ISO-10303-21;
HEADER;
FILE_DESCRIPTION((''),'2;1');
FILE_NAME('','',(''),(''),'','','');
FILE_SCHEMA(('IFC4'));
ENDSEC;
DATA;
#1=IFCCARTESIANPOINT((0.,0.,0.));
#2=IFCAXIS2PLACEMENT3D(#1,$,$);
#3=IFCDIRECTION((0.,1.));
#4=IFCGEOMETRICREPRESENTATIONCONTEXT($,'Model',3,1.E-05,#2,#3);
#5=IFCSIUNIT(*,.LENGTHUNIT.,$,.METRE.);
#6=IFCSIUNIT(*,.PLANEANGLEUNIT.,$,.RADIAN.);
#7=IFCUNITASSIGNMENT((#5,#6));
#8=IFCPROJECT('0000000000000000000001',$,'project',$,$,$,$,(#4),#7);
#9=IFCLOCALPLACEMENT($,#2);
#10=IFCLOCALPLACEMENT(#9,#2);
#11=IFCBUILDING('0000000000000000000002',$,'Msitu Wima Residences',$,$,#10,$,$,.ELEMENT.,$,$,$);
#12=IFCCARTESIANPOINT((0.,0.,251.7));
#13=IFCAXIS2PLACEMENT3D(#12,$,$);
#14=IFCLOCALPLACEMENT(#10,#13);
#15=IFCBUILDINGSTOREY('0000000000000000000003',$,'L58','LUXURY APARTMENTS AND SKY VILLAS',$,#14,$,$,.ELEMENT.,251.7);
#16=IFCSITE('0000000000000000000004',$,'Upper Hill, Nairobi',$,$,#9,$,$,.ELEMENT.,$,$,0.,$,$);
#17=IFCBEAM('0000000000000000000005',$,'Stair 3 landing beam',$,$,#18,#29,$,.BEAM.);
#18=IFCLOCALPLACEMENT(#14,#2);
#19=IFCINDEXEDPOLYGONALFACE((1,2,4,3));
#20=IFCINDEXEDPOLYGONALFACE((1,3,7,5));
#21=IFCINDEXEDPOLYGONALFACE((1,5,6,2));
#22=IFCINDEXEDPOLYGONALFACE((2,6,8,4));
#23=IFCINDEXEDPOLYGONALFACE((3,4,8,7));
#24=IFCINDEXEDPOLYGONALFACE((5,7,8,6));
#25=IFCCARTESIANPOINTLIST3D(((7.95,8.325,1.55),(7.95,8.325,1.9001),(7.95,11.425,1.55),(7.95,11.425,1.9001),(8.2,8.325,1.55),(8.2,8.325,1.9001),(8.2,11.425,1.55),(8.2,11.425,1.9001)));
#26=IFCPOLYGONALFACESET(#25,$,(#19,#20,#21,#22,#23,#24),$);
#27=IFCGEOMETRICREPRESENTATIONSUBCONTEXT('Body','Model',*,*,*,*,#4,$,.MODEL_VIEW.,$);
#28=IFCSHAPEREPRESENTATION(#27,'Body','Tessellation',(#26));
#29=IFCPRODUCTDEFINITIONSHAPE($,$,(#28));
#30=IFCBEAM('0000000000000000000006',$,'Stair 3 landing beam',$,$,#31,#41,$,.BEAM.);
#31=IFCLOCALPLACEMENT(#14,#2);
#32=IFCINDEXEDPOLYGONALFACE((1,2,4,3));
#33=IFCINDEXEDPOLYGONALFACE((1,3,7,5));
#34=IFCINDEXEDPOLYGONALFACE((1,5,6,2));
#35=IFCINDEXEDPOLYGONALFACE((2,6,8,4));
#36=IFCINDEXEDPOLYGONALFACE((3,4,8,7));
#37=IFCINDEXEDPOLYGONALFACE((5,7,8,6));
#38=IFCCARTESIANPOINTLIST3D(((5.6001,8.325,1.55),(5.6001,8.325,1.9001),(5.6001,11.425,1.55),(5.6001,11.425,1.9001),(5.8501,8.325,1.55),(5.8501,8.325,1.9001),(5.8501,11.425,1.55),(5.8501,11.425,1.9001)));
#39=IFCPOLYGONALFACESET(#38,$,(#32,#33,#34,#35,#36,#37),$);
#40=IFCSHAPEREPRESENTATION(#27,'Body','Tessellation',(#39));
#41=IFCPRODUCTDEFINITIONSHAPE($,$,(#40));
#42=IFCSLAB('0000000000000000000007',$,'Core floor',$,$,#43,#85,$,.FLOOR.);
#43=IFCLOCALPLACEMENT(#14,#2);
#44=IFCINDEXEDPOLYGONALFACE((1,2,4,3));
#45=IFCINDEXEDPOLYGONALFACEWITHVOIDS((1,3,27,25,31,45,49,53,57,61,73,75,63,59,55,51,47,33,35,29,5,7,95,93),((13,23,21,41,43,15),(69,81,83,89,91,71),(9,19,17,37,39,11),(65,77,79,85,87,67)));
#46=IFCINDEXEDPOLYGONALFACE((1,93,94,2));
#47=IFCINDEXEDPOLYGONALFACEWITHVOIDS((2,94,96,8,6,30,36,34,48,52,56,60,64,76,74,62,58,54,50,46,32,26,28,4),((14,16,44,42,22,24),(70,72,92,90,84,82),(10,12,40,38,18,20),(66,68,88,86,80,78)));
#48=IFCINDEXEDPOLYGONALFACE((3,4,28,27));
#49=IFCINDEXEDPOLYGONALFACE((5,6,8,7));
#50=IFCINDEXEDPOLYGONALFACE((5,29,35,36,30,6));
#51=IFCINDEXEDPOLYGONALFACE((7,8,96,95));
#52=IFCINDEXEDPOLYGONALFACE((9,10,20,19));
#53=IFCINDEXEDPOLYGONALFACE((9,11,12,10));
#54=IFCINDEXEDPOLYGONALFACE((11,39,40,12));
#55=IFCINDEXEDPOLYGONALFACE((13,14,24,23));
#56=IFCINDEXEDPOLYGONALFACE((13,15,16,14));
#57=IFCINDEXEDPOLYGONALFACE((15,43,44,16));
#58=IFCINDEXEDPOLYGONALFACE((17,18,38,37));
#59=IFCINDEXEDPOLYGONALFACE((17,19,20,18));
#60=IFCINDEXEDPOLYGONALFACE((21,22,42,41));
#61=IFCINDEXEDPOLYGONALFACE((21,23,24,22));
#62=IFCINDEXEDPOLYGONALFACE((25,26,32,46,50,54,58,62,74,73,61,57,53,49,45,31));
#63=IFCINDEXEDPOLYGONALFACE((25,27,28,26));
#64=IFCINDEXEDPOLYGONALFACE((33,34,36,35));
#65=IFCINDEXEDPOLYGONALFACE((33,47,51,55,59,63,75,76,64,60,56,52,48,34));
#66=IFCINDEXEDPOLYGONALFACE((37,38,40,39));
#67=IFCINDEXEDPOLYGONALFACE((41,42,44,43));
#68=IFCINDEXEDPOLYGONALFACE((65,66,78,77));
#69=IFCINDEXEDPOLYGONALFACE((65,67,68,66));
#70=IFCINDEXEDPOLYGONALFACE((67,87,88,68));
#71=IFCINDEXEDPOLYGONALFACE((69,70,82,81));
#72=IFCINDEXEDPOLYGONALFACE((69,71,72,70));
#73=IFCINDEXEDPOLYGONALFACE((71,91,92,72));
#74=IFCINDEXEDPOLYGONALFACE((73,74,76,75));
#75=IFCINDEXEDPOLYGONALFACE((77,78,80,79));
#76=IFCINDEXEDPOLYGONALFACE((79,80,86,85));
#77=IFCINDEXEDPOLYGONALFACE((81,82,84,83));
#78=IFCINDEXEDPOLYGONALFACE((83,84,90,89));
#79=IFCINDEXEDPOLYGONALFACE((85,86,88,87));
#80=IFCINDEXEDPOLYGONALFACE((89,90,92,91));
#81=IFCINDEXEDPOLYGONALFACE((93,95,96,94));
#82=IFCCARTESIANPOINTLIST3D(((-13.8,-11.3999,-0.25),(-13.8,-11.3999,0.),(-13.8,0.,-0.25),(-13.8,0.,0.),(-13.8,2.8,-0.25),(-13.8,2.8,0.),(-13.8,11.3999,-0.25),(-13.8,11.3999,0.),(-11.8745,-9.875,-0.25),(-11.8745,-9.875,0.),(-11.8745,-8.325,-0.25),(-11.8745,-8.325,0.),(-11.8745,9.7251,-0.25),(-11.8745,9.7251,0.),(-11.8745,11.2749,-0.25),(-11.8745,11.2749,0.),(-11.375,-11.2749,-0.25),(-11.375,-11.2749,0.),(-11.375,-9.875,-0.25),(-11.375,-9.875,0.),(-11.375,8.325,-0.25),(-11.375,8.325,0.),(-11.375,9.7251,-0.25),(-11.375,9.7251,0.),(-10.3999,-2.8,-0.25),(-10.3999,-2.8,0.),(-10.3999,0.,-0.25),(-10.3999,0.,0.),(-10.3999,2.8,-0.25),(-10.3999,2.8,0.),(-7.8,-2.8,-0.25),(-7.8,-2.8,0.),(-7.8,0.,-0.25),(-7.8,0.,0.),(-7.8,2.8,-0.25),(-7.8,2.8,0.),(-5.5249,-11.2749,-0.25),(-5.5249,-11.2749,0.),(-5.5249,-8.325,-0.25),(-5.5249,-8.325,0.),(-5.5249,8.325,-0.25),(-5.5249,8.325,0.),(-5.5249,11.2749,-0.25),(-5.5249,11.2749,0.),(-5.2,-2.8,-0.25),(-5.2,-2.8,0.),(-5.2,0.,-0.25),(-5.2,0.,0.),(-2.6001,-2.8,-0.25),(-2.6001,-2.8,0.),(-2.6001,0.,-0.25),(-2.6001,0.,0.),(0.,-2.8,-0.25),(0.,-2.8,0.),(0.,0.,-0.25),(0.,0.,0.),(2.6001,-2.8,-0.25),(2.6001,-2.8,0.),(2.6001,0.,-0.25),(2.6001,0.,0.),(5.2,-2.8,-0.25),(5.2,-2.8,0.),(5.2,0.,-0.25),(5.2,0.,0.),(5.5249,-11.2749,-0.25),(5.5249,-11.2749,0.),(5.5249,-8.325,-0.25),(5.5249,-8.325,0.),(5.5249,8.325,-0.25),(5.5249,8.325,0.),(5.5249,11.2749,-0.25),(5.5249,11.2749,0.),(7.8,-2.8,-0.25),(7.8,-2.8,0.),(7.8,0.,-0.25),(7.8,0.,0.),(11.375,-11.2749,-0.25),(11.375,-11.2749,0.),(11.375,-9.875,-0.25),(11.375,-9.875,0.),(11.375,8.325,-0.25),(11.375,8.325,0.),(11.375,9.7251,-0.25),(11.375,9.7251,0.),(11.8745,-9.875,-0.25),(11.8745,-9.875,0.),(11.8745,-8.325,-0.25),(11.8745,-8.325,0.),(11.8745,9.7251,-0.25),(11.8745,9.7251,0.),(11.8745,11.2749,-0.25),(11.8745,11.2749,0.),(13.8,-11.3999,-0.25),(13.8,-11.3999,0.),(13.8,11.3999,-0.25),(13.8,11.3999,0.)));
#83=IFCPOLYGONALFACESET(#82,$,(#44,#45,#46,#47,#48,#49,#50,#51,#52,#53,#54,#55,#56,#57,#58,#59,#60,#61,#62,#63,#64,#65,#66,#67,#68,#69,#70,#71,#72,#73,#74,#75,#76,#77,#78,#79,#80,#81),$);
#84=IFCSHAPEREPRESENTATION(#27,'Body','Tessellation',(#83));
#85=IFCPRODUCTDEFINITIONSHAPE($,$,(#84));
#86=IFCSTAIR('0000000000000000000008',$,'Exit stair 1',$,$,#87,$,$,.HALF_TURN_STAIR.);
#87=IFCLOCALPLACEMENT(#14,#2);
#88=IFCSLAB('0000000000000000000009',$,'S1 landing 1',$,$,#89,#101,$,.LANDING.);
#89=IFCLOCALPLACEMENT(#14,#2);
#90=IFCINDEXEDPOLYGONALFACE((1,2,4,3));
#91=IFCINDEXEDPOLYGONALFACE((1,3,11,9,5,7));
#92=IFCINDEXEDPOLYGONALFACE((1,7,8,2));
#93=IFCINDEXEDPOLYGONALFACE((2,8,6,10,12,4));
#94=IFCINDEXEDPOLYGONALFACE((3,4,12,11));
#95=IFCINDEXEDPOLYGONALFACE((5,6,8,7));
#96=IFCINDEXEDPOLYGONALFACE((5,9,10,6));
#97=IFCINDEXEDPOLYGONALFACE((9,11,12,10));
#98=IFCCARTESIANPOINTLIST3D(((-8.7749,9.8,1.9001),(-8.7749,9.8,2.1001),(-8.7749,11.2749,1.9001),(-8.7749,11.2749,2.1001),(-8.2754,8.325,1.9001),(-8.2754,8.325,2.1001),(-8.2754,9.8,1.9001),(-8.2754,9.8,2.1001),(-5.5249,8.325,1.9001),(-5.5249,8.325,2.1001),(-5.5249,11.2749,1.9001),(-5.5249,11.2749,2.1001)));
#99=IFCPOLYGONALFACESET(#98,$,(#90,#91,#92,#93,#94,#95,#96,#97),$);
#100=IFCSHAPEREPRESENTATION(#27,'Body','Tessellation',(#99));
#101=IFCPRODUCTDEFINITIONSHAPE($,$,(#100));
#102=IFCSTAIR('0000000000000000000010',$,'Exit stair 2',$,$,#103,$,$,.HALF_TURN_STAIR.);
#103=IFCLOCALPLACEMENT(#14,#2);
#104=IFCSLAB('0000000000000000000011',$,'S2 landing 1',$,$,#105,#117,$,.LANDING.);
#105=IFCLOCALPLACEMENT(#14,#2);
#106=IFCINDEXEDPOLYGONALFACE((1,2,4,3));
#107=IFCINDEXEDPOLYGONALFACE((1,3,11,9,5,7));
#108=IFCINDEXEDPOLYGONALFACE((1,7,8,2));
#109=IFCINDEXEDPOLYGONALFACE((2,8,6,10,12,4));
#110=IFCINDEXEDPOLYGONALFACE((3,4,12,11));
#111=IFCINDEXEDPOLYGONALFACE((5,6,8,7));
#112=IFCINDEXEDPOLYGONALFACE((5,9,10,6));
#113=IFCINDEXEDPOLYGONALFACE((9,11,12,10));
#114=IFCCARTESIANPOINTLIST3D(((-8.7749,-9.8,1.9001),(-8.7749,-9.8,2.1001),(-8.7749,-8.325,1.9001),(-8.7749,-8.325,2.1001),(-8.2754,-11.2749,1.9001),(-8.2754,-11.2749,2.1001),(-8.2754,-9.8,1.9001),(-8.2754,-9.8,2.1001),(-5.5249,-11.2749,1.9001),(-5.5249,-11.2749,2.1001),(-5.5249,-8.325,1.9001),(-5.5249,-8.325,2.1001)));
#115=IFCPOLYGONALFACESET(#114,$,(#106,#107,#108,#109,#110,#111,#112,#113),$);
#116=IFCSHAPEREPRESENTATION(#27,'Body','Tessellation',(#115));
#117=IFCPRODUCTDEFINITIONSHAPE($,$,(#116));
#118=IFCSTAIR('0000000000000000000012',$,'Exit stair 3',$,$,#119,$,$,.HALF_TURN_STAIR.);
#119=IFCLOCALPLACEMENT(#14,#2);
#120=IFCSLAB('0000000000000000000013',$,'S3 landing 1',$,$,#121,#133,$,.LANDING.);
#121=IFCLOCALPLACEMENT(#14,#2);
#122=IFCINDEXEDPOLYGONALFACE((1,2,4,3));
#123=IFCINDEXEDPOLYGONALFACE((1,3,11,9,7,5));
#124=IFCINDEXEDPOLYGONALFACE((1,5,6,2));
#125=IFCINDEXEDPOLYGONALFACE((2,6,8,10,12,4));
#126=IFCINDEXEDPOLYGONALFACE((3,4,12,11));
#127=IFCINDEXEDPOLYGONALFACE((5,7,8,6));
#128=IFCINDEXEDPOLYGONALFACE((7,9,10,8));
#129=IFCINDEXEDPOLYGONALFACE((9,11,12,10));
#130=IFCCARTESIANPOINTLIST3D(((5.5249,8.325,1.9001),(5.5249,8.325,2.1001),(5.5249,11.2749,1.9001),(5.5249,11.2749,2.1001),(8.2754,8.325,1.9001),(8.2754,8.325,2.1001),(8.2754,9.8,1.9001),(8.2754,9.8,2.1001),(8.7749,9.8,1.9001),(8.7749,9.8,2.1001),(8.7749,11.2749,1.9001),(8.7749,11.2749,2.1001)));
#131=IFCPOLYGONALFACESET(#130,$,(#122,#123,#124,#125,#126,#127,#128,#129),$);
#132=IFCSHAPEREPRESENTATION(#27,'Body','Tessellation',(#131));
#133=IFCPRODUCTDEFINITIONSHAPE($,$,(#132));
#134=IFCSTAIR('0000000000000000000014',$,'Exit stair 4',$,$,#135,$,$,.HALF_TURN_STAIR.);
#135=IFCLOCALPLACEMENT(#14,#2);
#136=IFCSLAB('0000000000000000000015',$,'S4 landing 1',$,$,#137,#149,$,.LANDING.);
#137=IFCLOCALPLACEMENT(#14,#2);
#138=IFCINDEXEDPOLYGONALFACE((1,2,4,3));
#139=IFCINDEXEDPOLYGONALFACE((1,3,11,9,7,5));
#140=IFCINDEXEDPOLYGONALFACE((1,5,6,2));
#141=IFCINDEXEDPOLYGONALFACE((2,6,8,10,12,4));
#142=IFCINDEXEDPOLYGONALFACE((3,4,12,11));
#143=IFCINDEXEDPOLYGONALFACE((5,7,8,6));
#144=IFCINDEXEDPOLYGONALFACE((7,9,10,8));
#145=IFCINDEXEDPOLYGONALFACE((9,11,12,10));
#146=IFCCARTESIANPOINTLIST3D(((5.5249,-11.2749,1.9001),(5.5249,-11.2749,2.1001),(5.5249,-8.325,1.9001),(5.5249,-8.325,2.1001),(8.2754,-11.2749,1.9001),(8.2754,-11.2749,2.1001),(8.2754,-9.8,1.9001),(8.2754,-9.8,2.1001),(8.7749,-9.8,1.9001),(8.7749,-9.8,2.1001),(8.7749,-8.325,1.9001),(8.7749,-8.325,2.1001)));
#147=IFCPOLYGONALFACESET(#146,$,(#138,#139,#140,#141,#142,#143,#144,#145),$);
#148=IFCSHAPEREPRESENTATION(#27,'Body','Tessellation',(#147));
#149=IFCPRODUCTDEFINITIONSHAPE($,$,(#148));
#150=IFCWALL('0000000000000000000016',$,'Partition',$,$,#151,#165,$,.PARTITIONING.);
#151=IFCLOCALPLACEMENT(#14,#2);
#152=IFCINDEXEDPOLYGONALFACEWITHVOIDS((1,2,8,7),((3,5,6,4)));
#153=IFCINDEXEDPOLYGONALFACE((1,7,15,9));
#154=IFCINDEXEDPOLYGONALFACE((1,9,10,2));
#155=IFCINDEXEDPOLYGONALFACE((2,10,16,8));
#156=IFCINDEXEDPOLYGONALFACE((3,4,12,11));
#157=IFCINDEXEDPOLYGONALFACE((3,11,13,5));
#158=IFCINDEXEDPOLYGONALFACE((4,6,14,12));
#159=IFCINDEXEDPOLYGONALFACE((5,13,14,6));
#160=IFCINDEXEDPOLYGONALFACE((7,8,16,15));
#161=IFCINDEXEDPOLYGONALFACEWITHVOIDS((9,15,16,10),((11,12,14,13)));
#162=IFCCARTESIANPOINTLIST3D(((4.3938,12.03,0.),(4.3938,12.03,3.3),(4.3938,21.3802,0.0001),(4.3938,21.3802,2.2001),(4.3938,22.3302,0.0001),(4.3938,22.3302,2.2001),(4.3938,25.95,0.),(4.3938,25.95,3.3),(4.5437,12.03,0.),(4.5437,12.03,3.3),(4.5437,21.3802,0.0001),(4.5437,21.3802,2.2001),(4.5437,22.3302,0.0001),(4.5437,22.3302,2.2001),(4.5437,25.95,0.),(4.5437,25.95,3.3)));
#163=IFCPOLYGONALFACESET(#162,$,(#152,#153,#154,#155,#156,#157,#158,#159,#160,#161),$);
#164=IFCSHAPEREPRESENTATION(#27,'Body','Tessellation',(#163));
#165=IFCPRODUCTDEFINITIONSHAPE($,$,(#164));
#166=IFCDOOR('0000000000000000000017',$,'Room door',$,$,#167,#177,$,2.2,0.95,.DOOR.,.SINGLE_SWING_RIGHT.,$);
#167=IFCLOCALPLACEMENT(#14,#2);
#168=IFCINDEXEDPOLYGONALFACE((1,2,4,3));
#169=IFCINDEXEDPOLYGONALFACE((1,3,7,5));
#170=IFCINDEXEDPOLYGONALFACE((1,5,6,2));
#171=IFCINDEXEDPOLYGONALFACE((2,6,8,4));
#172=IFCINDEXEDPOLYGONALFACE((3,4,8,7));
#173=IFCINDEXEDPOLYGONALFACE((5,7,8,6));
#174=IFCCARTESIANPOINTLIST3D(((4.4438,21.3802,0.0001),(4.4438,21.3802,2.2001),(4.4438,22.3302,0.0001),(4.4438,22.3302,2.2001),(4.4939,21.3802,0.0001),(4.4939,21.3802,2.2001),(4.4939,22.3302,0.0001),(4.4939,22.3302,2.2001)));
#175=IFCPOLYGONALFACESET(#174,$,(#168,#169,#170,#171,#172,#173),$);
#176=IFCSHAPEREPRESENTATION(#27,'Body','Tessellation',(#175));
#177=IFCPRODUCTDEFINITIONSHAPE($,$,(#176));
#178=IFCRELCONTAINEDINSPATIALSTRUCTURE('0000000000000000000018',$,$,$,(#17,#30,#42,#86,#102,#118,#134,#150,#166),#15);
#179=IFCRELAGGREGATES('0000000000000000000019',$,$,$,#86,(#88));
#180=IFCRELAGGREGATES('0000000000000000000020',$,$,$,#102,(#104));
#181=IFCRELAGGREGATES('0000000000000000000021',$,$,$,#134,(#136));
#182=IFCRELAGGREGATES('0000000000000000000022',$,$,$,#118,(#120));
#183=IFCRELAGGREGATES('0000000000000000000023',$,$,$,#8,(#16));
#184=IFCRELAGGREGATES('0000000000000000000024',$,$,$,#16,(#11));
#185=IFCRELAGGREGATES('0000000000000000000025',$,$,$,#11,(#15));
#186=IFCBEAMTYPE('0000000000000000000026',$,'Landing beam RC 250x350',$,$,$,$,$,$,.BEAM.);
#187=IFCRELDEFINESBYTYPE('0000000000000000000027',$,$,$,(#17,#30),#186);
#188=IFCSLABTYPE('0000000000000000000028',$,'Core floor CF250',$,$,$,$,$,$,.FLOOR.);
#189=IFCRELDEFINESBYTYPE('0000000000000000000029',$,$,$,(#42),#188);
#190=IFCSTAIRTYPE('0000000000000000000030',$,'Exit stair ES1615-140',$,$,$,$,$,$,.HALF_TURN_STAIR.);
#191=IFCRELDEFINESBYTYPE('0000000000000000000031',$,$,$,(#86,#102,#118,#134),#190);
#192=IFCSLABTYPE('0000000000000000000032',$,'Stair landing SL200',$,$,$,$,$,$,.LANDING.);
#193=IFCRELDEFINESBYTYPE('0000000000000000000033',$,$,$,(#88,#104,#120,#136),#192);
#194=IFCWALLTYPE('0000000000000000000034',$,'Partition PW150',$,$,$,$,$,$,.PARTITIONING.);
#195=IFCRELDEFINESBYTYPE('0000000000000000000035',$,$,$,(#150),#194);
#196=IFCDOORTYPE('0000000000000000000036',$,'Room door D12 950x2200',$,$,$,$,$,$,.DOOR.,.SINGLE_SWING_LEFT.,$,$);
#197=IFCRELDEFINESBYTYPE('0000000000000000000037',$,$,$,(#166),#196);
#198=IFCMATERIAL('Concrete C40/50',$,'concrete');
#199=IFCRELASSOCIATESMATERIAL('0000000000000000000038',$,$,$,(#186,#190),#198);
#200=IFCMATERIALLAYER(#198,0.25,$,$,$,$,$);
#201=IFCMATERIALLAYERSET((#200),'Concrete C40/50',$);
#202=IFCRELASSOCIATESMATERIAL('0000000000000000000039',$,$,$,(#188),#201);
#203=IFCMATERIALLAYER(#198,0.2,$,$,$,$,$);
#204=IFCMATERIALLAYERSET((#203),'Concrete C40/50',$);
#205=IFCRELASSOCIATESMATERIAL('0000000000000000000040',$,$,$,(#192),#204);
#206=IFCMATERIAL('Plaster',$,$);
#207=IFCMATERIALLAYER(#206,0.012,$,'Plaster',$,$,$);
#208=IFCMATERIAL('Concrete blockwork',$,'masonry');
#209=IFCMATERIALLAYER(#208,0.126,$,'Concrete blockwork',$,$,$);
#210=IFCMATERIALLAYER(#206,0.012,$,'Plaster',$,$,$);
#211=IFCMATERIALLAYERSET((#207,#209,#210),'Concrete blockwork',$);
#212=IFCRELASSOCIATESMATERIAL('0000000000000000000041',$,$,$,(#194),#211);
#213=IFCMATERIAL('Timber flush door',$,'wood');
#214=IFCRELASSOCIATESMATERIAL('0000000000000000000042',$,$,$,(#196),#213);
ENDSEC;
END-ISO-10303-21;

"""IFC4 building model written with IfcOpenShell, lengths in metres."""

from ifc_helpers import new_model, si_unit, direction, frame, frame_2d, origin, origin_2d, place, context, subcontext, project, spatial, polyline, rectangle, outline, extrude, material, layer, layer_set, material_profile, profile_set, type_object, element, fill, aggregate, save


model = new_model("IFC4")

# Units and contexts
model_context = context("Model", 3, precision=1e-05, world=origin(), true_north=direction((0.0, 1.0)))
body_context = subcontext(model_context, "Body", "Model", "MODEL_VIEW")
ifc_project = project(units=[si_unit("LENGTHUNIT", "METRE"), si_unit("PLANEANGLEUNIT", "RADIAN")], contexts=[model_context])

# Site, building, storey
site_placement = place(None, origin())
site = spatial("IfcSite", under=ifc_project, at=site_placement, Name="Upper Hill, Nairobi", CompositionType="ELEMENT", RefElevation=0.0)
building_placement = place(site_placement, origin())
building = spatial("IfcBuilding", under=site, at=building_placement, Name="Msitu Wima Residences", CompositionType="ELEMENT")
storey_placement = place(building_placement, frame((0.0, 0.0, 251.7)))
storey = spatial("IfcBuildingStorey", under=building, at=storey_placement, Name="L58", Description="LUXURY APARTMENTS AND SKY VILLAS", CompositionType="ELEMENT", Elevation=251.7)

# Beams
ifc_material_1 = material(Name="Concrete C40/50", Category="concrete")
ifc_material_profile = material_profile(ifc_material_1, rectangle(XDim=0.25, YDim=0.3501, at=origin_2d()), Name="RC 250x350")
ifc_profile_set = profile_set([ifc_material_profile], Name="Concrete C40/50")
beam_type = type_object("IfcBeamType", Name="Landing beam RC 250x350", PredefinedType="BEAM", material=ifc_profile_set)
for number, where, z_axis, x_axis, name in (
    (1, (8.075, 8.325, 1.7251), (0.0, 1.0, 0.0), (-1.0, 0.0, 0.0), "Stair 3 landing beam"),
    (2, (5.7251, 8.325, 1.7251), (0.0, 1.0, 0.0), (-1.0, 0.0, 0.0), "Stair 3 landing beam"),
):
    element("IfcBeam", number, at=place(storey_placement, frame(where, z_axis=z_axis, x_axis=x_axis)), inside=storey, type_object=beam_type, Name=name, PredefinedType="BEAM", context=body_context, shape_type="SweptSolid", body=[
        extrude(rectangle(XDim=0.25, YDim=0.3501, at=origin_2d()), origin(), (0.0, 0.0, 1.0), 3.1001),
    ])

# Slab
ifc_layer_1 = layer(ifc_material_1, 0.25)
ifc_layer_set_1 = layer_set([ifc_layer_1], Name="Concrete C40/50")
slab_type_1 = type_object("IfcSlabType", Name="Core floor CF250", PredefinedType="FLOOR", material=ifc_layer_set_1)
slab_1_placement = place(storey_placement, frame((0.0, 0.0, -0.25)))
element("IfcSlab", 3, at=slab_1_placement, inside=storey, type_object=slab_type_1, Name="Core floor", PredefinedType="FLOOR", context=body_context, shape_type="SweptSolid", body=[
    extrude(outline(polyline([(-13.8, 11.3999), (-13.8, 2.8), (-10.3999, 2.8), (-7.8, 2.8), (-7.8, 0.0), (-5.2, 0.0), (-2.6001, 0.0), (0.0, 0.0), (2.6001, 0.0), (5.2, 0.0), (7.8, 0.0), (7.8, -2.8), (5.2, -2.8), (2.6001, -2.8), (0.0, -2.8), (-2.6001, -2.8), (-5.2, -2.8), (-7.8, -2.8), (-10.3999, -2.8), (-10.3999, 0.0), (-13.8, 0.0), (-13.8, -11.3999), (13.8, -11.3999), (13.8, 11.3999), (-13.8, 11.3999)]), holes=[polyline([(-11.375, -11.2749), (-11.375, -9.875), (-11.8745, -9.875), (-11.8745, -8.325), (-5.5249, -8.325), (-5.5249, -11.2749), (-11.375, -11.2749)]), polyline([(-11.375, 8.325), (-11.375, 9.7251), (-11.8745, 9.7251), (-11.8745, 11.2749), (-5.5249, 11.2749), (-5.5249, 8.325), (-11.375, 8.325)]), polyline([(11.375, -9.875), (11.375, -11.2749), (5.5249, -11.2749), (5.5249, -8.325), (11.8745, -8.325), (11.8745, -9.875), (11.375, -9.875)]), polyline([(11.375, 9.7251), (11.375, 8.325), (5.5249, 8.325), (5.5249, 11.2749), (11.8745, 11.2749), (11.8745, 9.7251), (11.375, 9.7251)])]), origin(), (0.0, 0.0, 1.0), 0.25),
])

# Stairs, slabs
stair_type = type_object("IfcStairType", Name="Exit stair ES1615-140", PredefinedType="HALF_TURN_STAIR", material=ifc_material_1)
stair_1_placement = place(storey_placement, origin())
stair_1 = element("IfcStair", 4, at=stair_1_placement, inside=storey, type_object=stair_type, Name="Exit stair 1", PredefinedType="HALF_TURN_STAIR")
ifc_layer_2 = layer(ifc_material_1, 0.2)
ifc_layer_set_2 = layer_set([ifc_layer_2], Name="Concrete C40/50")
slab_type_2 = type_object("IfcSlabType", Name="Stair landing SL200", PredefinedType="LANDING", material=ifc_layer_set_2)
slab_2_placement = place(storey_placement, frame((0.0, 0.0, 1.9001)))
slab_2 = element("IfcSlab", 5, at=slab_2_placement, type_object=slab_type_2, Name="S1 landing 1", PredefinedType="LANDING", context=body_context, shape_type="SweptSolid", body=[
    extrude(outline(polyline([(-5.5249, 8.325), (-8.2754, 8.325), (-8.2754, 9.8), (-8.7749, 9.8), (-8.7749, 11.2749), (-5.5249, 11.2749), (-5.5249, 8.325)])), origin(), (0.0, 0.0, 1.0), 0.2),
])
aggregate(stair_1, [slab_2])
stair_2_placement = place(storey_placement, origin())
stair_2 = element("IfcStair", 6, at=stair_2_placement, inside=storey, type_object=stair_type, Name="Exit stair 2", PredefinedType="HALF_TURN_STAIR")
slab_3_placement = place(storey_placement, frame((0.0, 0.0, 1.9001)))
slab_3 = element("IfcSlab", 7, at=slab_3_placement, type_object=slab_type_2, Name="S2 landing 1", PredefinedType="LANDING", context=body_context, shape_type="SweptSolid", body=[
    extrude(outline(polyline([(-5.5249, -11.2749), (-8.2754, -11.2749), (-8.2754, -9.8), (-8.7749, -9.8), (-8.7749, -8.325), (-5.5249, -8.325), (-5.5249, -11.2749)])), origin(), (0.0, 0.0, 1.0), 0.2),
])
aggregate(stair_2, [slab_3])
stair_3_placement = place(storey_placement, origin())
stair_3 = element("IfcStair", 8, at=stair_3_placement, inside=storey, type_object=stair_type, Name="Exit stair 3", PredefinedType="HALF_TURN_STAIR")
slab_4_placement = place(storey_placement, frame((0.0, 0.0, 1.9001)))
slab_4 = element("IfcSlab", 9, at=slab_4_placement, type_object=slab_type_2, Name="S3 landing 1", PredefinedType="LANDING", context=body_context, shape_type="SweptSolid", body=[
    extrude(outline(polyline([(5.5249, 8.325), (8.2754, 8.325), (8.2754, 9.8), (8.7749, 9.8), (8.7749, 11.2749), (5.5249, 11.2749), (5.5249, 8.325)])), origin(), (0.0, 0.0, 1.0), 0.2),
])
stair_4_placement = place(storey_placement, origin())
stair_4 = element("IfcStair", 10, at=stair_4_placement, inside=storey, type_object=stair_type, Name="Exit stair 4", PredefinedType="HALF_TURN_STAIR")
slab_5_placement = place(storey_placement, frame((0.0, 0.0, 1.9001)))
slab_5 = element("IfcSlab", 11, at=slab_5_placement, type_object=slab_type_2, Name="S4 landing 1", PredefinedType="LANDING", context=body_context, shape_type="SweptSolid", body=[
    extrude(outline(polyline([(5.5249, -11.2749), (8.2754, -11.2749), (8.2754, -9.8), (8.7749, -9.8), (8.7749, -8.325), (5.5249, -8.325), (5.5249, -11.2749)])), origin(), (0.0, 0.0, 1.0), 0.2),
])
aggregate(stair_4, [slab_5])

# Wall, opening, door
ifc_material_2 = material(Name="Plaster")
ifc_layer_3 = layer(ifc_material_2, 0.012, Name="Plaster")
ifc_material_3 = material(Name="Concrete blockwork", Category="masonry")
ifc_layer_4 = layer(ifc_material_3, 0.126, Name="Concrete blockwork")
ifc_layer_5 = layer(ifc_material_2, 0.012, Name="Plaster")
ifc_layer_set_3 = layer_set([ifc_layer_3, ifc_layer_4, ifc_layer_5], Name="Concrete blockwork")
wall_type_1 = type_object("IfcWallType", Name="Partition PW150", PredefinedType="PARTITIONING", material=ifc_layer_set_3)
wall_1_placement = place(storey_placement, frame((4.4688, 12.03, 0.0), z_axis=(0.0, 0.0, 1.0), x_axis=(0.0, 1.0, 0.0)))
wall_1 = element("IfcWall", 12, at=wall_1_placement, inside=storey, type_object=wall_type_1, Name="Partition", PredefinedType="PARTITIONING", context=body_context, shape_type="SweptSolid", body=[
    extrude(rectangle(XDim=13.9199, YDim=0.1499, at=frame_2d((6.96, 0.0))), origin(), (0.0, 0.0, 1.0), 3.3),
])
opening_1_placement = place(wall_1_placement, frame((9.3501, 0.0, 0.0)))
opening_1 = element("IfcOpeningElement", 13, at=opening_1_placement, cuts=wall_1, PredefinedType="OPENING", context=body_context, shape_type="SweptSolid", body=[
    extrude(rectangle(XDim=0.95, YDim=2.2, at=frame_2d((0.4751, 1.1001))), frame((0.0, 0.085, 0.0), z_axis=(0.0, -1.0, 0.0), x_axis=(1.0, 0.0, 0.0)), (0.0, 0.0, 1.0), 0.1699),
])
ifc_material_4 = material(Name="Timber flush door", Category="wood")
door_type_1 = type_object("IfcDoorType", Name="Room door D12 950x2200", OperationType="SINGLE_SWING_LEFT", PredefinedType="DOOR", material=ifc_material_4)
door_1_placement = place(opening_1_placement, origin())
door_1 = element("IfcDoor", 14, at=door_1_placement, inside=storey, type_object=door_type_1, Name="Room door", OperationType="SINGLE_SWING_RIGHT", OverallHeight=2.2, OverallWidth=0.95, PredefinedType="DOOR", context=body_context, shape_type="SweptSolid", body=[
    extrude(rectangle(XDim=0.95, YDim=2.2, at=frame_2d((0.4751, 1.1001))), frame((0.0, 0.0249, 0.0), z_axis=(0.0, -1.0, 0.0), x_axis=(1.0, 0.0, 0.0)), (0.0, 0.0, 1.0), 0.05),
])
fill(opening_1, door_1)

aggregate(stair_3, [slab_4])

save(model, "model.ifc")
